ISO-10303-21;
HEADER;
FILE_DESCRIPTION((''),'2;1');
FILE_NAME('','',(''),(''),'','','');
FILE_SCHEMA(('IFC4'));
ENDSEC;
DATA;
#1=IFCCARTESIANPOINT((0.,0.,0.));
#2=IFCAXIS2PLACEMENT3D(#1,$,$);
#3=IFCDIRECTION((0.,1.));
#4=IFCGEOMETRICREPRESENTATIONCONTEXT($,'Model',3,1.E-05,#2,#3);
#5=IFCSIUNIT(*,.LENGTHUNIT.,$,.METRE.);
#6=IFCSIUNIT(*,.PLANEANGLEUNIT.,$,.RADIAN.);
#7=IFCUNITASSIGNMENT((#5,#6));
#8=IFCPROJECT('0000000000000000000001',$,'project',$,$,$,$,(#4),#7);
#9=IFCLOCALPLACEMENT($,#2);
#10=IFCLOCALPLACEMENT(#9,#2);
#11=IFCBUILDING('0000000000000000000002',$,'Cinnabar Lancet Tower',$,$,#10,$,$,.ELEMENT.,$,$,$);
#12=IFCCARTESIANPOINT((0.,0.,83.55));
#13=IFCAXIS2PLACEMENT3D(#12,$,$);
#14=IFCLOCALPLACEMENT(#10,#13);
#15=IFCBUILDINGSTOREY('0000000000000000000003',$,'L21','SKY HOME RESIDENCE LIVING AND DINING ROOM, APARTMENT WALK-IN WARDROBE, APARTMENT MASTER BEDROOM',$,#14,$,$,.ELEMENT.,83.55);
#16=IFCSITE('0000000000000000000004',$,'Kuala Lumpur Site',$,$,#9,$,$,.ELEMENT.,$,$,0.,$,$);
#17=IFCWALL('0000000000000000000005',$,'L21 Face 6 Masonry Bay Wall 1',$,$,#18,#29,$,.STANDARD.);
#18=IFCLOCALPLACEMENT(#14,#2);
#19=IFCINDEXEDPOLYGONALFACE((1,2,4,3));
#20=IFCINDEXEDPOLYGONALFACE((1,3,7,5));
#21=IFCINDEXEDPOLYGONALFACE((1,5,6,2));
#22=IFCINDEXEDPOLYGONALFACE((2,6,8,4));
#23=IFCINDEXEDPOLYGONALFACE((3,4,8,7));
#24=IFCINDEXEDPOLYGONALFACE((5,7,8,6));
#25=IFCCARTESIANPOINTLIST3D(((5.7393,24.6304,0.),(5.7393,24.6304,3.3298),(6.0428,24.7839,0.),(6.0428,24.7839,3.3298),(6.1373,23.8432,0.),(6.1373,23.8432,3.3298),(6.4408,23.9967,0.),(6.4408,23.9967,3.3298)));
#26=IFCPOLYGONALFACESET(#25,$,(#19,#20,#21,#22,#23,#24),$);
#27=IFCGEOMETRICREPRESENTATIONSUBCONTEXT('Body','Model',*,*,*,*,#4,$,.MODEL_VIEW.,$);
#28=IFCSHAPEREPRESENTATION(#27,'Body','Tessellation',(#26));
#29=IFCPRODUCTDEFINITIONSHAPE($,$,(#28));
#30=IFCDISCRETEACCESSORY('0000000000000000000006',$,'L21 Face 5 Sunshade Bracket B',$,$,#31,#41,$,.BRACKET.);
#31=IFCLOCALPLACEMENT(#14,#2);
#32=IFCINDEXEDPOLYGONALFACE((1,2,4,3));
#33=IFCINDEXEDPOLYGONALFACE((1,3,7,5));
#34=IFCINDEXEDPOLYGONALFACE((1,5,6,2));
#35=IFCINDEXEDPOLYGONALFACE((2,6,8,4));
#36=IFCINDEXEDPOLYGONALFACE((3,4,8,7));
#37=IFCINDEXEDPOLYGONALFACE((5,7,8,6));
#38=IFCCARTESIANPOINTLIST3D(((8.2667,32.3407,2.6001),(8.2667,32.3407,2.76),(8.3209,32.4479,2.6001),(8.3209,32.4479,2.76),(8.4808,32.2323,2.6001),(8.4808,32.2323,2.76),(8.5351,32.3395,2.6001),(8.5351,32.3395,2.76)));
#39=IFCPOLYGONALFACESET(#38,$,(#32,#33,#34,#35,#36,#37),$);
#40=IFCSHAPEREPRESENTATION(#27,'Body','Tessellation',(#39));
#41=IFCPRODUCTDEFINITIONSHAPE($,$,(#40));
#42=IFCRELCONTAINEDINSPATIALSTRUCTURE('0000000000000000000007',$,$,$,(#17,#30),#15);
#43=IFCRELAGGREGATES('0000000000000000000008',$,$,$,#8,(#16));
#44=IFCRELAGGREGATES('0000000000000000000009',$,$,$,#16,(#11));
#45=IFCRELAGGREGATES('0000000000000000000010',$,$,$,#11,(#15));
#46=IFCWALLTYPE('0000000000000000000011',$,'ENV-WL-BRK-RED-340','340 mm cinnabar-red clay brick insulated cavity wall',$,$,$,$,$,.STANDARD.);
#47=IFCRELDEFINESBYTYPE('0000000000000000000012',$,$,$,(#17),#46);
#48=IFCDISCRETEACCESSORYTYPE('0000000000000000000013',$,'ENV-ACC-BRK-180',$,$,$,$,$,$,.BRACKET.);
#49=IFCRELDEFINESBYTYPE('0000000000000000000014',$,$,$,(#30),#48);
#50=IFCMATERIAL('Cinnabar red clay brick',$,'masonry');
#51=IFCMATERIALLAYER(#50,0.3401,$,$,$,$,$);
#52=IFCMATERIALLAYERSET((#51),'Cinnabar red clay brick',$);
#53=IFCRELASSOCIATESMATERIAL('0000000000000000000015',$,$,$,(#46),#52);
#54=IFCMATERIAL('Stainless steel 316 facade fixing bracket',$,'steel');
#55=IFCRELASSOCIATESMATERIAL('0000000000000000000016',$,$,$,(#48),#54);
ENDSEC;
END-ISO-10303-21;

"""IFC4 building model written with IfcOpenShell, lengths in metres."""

from ifc_helpers import new_model, si_unit, direction, frame, frame_2d, origin, origin_2d, place, context, subcontext, project, spatial, rectangle, extrude, material, layer, layer_set, type_object, element, save


model = new_model("IFC4")

# Units and contexts
model_context = context("Model", 3, precision=1e-05, world=origin(), true_north=direction((0.0, 1.0)))
body_context = subcontext(model_context, "Body", "Model", "MODEL_VIEW")
ifc_project = project(units=[si_unit("LENGTHUNIT", "METRE"), si_unit("PLANEANGLEUNIT", "RADIAN")], contexts=[model_context])

# Site, building, storey
site_placement = place(None, origin())
site = spatial("IfcSite", under=ifc_project, at=site_placement, Name="Kuala Lumpur Site", CompositionType="ELEMENT", RefElevation=0.0)
building_placement = place(site_placement, origin())
building = spatial("IfcBuilding", under=site, at=building_placement, Name="Cinnabar Lancet Tower", CompositionType="ELEMENT")
storey_placement = place(building_placement, frame((0.0, 0.0, 83.55)))
storey = spatial("IfcBuildingStorey", under=building, at=storey_placement, Name="L21", Description="SKY HOME RESIDENCE LIVING AND DINING ROOM, APARTMENT WALK-IN WARDROBE, APARTMENT MASTER BEDROOM", CompositionType="ELEMENT", Elevation=83.55)

# Shared definitions
ifc_material_1 = material(Name="Cinnabar red clay brick", Category="masonry")
ifc_layer_1 = layer(ifc_material_1, 0.3401)
ifc_layer_set_1 = layer_set([ifc_layer_1], Name="Cinnabar red clay brick")
wall_type_1 = type_object("IfcWallType", Name="ENV-WL-BRK-RED-340", Description="340 mm cinnabar-red clay brick insulated cavity wall", PredefinedType="STANDARD", material=ifc_layer_set_1)

# Wall
wall_1_placement = place(storey_placement, frame((5.8911, 24.707, 0.0), z_axis=(0.0, 0.0, 1.0), x_axis=(0.451195, -0.892425, 0.0)))
element("IfcWall", 1, at=wall_1_placement, inside=storey, type_object=wall_type_1, Name="L21 Face 6 Masonry Bay Wall 1", PredefinedType="STANDARD", context=body_context, shape_type="SweptSolid", body=[
    extrude(rectangle(XDim=0.8821, YDim=0.3401, at=frame_2d((0.4409, 0.0))), origin(), (0.0, 0.0, 1.0), 3.3298),
])

# Discrete accessory
ifc_material_2 = material(Name="Stainless steel 316 facade fixing bracket", Category="steel")
discrete_accessory_type = type_object("IfcDiscreteAccessoryType", Name="ENV-ACC-BRK-180", PredefinedType="BRACKET", material=ifc_material_2)
discrete_accessory_placement = place(storey_placement, frame((8.4009, 32.3401, 2.6001), z_axis=(0.0, 0.0, 1.0), x_axis=(-0.451501, -0.892271, 0.0)))
element("IfcDiscreteAccessory", 2, at=discrete_accessory_placement, inside=storey, type_object=discrete_accessory_type, Name="L21 Face 5 Sunshade Bracket B", PredefinedType="BRACKET", context=body_context, shape_type="SweptSolid", body=[
    extrude(rectangle(XDim=0.1201, YDim=0.24, at=origin_2d()), origin(), (0.0, 0.0, 1.0), 0.1599),
])

save(model, "model.ifc")
